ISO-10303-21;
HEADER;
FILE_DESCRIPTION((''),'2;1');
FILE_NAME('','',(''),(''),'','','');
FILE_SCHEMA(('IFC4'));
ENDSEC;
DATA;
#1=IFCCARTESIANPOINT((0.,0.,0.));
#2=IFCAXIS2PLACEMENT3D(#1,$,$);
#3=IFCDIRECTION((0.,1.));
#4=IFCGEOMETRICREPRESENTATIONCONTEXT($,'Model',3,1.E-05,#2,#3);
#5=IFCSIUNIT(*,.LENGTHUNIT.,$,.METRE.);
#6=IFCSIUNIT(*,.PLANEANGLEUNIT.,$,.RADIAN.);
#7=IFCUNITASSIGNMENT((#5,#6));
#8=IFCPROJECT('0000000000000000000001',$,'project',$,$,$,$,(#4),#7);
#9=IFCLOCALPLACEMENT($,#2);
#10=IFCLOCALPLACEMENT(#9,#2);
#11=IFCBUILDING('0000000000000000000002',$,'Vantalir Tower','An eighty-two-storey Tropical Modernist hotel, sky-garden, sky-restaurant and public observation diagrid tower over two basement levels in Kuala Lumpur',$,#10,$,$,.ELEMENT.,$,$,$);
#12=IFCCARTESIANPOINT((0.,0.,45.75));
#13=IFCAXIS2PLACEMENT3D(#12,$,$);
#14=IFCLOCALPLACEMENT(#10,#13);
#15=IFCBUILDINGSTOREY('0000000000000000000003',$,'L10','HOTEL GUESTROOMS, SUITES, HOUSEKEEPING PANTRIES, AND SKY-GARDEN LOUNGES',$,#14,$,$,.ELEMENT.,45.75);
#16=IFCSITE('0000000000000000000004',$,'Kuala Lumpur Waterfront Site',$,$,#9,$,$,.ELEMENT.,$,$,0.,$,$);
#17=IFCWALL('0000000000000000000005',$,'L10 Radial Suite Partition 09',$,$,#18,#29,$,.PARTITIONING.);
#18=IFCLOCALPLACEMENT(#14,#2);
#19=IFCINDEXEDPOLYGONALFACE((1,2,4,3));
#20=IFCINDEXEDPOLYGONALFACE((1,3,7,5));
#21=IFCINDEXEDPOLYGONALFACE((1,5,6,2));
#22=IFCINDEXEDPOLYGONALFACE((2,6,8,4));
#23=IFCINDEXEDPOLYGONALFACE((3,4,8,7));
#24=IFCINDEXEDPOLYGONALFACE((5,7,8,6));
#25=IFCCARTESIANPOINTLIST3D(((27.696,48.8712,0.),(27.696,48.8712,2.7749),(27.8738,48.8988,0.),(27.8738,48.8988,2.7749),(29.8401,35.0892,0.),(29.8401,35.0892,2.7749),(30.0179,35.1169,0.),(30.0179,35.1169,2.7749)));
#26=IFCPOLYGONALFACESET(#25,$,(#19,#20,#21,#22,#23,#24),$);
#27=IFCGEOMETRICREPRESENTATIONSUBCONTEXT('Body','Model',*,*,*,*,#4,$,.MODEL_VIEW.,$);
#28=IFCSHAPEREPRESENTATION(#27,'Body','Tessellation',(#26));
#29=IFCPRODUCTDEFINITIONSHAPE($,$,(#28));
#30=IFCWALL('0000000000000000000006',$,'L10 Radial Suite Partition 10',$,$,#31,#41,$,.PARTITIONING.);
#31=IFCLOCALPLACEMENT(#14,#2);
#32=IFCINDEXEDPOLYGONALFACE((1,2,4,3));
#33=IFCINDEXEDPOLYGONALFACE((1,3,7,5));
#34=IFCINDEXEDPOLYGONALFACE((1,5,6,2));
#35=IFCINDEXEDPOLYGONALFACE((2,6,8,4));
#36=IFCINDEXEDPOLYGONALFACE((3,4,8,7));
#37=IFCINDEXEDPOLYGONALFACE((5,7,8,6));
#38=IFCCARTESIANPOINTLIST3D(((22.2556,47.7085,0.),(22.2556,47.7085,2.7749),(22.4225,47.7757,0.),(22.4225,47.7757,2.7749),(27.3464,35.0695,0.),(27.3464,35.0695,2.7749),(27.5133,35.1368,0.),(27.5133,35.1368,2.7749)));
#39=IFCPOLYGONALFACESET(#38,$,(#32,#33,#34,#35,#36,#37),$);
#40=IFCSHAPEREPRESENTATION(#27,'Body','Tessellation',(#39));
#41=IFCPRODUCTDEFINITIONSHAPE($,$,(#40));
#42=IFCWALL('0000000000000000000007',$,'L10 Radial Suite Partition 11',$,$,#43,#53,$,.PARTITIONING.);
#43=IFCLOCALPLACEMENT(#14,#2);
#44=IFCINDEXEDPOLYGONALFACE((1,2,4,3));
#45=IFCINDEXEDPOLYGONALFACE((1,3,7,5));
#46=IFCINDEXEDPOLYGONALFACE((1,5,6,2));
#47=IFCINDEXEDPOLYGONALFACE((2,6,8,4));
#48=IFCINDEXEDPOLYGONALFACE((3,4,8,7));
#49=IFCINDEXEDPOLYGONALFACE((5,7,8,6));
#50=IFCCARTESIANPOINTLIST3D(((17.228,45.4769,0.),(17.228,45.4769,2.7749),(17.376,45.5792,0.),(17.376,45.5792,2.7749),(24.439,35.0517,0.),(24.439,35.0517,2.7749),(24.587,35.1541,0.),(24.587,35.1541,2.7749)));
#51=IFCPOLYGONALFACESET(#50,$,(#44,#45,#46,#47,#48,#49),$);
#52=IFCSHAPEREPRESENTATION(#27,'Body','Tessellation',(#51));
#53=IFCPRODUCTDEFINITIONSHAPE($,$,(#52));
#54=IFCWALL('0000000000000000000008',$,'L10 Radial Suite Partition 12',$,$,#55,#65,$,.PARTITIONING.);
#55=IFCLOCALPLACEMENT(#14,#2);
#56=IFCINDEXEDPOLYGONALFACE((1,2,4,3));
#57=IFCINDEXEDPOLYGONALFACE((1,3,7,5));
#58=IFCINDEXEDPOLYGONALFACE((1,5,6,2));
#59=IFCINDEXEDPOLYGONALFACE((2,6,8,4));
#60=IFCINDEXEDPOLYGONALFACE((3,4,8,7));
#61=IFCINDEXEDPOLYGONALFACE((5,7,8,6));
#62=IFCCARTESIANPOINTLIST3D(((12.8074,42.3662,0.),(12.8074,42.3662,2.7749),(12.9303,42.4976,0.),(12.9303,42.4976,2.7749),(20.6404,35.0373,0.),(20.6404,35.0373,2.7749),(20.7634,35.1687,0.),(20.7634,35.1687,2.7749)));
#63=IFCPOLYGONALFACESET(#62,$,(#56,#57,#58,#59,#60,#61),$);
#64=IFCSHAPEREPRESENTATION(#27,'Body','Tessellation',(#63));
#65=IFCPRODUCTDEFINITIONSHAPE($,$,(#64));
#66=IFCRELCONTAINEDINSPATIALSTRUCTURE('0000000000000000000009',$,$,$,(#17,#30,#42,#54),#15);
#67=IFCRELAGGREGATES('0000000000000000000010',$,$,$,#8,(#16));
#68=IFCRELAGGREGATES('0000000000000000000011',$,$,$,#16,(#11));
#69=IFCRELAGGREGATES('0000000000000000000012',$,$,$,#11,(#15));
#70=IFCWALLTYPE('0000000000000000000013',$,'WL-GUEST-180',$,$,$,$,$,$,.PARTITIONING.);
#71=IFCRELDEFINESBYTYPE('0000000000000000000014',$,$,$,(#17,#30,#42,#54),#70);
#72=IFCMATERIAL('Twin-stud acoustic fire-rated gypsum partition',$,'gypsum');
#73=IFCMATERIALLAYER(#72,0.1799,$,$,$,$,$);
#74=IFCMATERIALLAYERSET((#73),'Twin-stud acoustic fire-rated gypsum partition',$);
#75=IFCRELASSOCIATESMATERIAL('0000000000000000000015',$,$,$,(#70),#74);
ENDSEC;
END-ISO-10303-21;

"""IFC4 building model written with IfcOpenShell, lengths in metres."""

from ifc_helpers import new_model, si_unit, direction, frame, frame_2d, origin, place, context, subcontext, project, spatial, rectangle, extrude, material, layer, layer_set, type_object, element, save


model = new_model("IFC4")

# Units and contexts
model_context = context("Model", 3, precision=1e-05, world=origin(), true_north=direction((0.0, 1.0)))
body_context = subcontext(model_context, "Body", "Model", "MODEL_VIEW")
ifc_project = project(units=[si_unit("LENGTHUNIT", "METRE"), si_unit("PLANEANGLEUNIT", "RADIAN")], contexts=[model_context])

# Site, building, storey
site_placement = place(None, origin())
site = spatial("IfcSite", under=ifc_project, at=site_placement, Name="Kuala Lumpur Waterfront Site", CompositionType="ELEMENT", RefElevation=0.0)
building_placement = place(site_placement, origin())
building = spatial("IfcBuilding", under=site, at=building_placement, Name="Vantalir Tower", Description="An eighty-two-storey Tropical Modernist hotel, sky-garden, sky-restaurant and public observation diagrid tower over two basement levels in Kuala Lumpur", CompositionType="ELEMENT")
storey_placement = place(building_placement, frame((0.0, 0.0, 45.75)))
storey = spatial("IfcBuildingStorey", under=building, at=storey_placement, Name="L10", Description="HOTEL GUESTROOMS, SUITES, HOUSEKEEPING PANTRIES, AND SKY-GARDEN LOUNGES", CompositionType="ELEMENT", Elevation=45.75)

# Walls
ifc_material_1 = material(Name="Twin-stud acoustic fire-rated gypsum partition", Category="gypsum")
ifc_layer_1 = layer(ifc_material_1, 0.1799)
ifc_layer_set_1 = layer_set([ifc_layer_1], Name="Twin-stud acoustic fire-rated gypsum partition")
wall_type_1 = type_object("IfcWallType", Name="WL-GUEST-180", PredefinedType="PARTITIONING", material=ifc_layer_set_1)
wall_1_placement = place(storey_placement, frame((29.929, 35.103, 0.0), z_axis=(0.0, 0.0, 1.0), x_axis=(-0.15372, 0.988115, 0.0)))
element("IfcWall", 1, at=wall_1_placement, inside=storey, type_object=wall_type_1, Name="L10 Radial Suite Partition 09", PredefinedType="PARTITIONING", context=body_context, shape_type="SweptSolid", body=[
    extrude(rectangle(XDim=13.9478, YDim=0.1799, at=frame_2d((6.9739, 0.0))), origin(), (0.0, 0.0, 1.0), 2.7749),
])
wall_2_placement = place(storey_placement, frame((27.4299, 35.103, 0.0), z_axis=(0.0, 0.0, 1.0), x_axis=(-0.37362, 0.927582, 0.0)))
element("IfcWall", 2, at=wall_2_placement, inside=storey, type_object=wall_type_1, Name="L10 Radial Suite Partition 10", PredefinedType="PARTITIONING", context=body_context, shape_type="SweptSolid", body=[
    extrude(rectangle(XDim=13.6257, YDim=0.1799, at=frame_2d((6.813, 0.0))), origin(), (0.0, 0.0, 1.0), 2.7749),
])
wall_3_placement = place(storey_placement, frame((24.5129, 35.103, 0.0), z_axis=(0.0, 0.0, 1.0), x_axis=(-0.568868, 0.822429, 0.0)))
element("IfcWall", 3, at=wall_3_placement, inside=storey, type_object=wall_type_1, Name="L10 Radial Suite Partition 11", PredefinedType="PARTITIONING", context=body_context, shape_type="SweptSolid", body=[
    extrude(rectangle(XDim=12.676, YDim=0.1799, at=frame_2d((6.3379, 0.0))), origin(), (0.0, 0.0, 1.0), 2.7749),
])
wall_4_placement = place(storey_placement, frame((20.7019, 35.103, 0.0), z_axis=(0.0, 0.0, 1.0), x_axis=(-0.730215, 0.683217, 0.0)))
element("IfcWall", 4, at=wall_4_placement, inside=storey, type_object=wall_type_1, Name="L10 Radial Suite Partition 12", PredefinedType="PARTITIONING", context=body_context, shape_type="SweptSolid", body=[
    extrude(rectangle(XDim=10.7271, YDim=0.1799, at=frame_2d((5.3635, 0.0))), origin(), (0.0, 0.0, 1.0), 2.7749),
])

save(model, "model.ifc")
